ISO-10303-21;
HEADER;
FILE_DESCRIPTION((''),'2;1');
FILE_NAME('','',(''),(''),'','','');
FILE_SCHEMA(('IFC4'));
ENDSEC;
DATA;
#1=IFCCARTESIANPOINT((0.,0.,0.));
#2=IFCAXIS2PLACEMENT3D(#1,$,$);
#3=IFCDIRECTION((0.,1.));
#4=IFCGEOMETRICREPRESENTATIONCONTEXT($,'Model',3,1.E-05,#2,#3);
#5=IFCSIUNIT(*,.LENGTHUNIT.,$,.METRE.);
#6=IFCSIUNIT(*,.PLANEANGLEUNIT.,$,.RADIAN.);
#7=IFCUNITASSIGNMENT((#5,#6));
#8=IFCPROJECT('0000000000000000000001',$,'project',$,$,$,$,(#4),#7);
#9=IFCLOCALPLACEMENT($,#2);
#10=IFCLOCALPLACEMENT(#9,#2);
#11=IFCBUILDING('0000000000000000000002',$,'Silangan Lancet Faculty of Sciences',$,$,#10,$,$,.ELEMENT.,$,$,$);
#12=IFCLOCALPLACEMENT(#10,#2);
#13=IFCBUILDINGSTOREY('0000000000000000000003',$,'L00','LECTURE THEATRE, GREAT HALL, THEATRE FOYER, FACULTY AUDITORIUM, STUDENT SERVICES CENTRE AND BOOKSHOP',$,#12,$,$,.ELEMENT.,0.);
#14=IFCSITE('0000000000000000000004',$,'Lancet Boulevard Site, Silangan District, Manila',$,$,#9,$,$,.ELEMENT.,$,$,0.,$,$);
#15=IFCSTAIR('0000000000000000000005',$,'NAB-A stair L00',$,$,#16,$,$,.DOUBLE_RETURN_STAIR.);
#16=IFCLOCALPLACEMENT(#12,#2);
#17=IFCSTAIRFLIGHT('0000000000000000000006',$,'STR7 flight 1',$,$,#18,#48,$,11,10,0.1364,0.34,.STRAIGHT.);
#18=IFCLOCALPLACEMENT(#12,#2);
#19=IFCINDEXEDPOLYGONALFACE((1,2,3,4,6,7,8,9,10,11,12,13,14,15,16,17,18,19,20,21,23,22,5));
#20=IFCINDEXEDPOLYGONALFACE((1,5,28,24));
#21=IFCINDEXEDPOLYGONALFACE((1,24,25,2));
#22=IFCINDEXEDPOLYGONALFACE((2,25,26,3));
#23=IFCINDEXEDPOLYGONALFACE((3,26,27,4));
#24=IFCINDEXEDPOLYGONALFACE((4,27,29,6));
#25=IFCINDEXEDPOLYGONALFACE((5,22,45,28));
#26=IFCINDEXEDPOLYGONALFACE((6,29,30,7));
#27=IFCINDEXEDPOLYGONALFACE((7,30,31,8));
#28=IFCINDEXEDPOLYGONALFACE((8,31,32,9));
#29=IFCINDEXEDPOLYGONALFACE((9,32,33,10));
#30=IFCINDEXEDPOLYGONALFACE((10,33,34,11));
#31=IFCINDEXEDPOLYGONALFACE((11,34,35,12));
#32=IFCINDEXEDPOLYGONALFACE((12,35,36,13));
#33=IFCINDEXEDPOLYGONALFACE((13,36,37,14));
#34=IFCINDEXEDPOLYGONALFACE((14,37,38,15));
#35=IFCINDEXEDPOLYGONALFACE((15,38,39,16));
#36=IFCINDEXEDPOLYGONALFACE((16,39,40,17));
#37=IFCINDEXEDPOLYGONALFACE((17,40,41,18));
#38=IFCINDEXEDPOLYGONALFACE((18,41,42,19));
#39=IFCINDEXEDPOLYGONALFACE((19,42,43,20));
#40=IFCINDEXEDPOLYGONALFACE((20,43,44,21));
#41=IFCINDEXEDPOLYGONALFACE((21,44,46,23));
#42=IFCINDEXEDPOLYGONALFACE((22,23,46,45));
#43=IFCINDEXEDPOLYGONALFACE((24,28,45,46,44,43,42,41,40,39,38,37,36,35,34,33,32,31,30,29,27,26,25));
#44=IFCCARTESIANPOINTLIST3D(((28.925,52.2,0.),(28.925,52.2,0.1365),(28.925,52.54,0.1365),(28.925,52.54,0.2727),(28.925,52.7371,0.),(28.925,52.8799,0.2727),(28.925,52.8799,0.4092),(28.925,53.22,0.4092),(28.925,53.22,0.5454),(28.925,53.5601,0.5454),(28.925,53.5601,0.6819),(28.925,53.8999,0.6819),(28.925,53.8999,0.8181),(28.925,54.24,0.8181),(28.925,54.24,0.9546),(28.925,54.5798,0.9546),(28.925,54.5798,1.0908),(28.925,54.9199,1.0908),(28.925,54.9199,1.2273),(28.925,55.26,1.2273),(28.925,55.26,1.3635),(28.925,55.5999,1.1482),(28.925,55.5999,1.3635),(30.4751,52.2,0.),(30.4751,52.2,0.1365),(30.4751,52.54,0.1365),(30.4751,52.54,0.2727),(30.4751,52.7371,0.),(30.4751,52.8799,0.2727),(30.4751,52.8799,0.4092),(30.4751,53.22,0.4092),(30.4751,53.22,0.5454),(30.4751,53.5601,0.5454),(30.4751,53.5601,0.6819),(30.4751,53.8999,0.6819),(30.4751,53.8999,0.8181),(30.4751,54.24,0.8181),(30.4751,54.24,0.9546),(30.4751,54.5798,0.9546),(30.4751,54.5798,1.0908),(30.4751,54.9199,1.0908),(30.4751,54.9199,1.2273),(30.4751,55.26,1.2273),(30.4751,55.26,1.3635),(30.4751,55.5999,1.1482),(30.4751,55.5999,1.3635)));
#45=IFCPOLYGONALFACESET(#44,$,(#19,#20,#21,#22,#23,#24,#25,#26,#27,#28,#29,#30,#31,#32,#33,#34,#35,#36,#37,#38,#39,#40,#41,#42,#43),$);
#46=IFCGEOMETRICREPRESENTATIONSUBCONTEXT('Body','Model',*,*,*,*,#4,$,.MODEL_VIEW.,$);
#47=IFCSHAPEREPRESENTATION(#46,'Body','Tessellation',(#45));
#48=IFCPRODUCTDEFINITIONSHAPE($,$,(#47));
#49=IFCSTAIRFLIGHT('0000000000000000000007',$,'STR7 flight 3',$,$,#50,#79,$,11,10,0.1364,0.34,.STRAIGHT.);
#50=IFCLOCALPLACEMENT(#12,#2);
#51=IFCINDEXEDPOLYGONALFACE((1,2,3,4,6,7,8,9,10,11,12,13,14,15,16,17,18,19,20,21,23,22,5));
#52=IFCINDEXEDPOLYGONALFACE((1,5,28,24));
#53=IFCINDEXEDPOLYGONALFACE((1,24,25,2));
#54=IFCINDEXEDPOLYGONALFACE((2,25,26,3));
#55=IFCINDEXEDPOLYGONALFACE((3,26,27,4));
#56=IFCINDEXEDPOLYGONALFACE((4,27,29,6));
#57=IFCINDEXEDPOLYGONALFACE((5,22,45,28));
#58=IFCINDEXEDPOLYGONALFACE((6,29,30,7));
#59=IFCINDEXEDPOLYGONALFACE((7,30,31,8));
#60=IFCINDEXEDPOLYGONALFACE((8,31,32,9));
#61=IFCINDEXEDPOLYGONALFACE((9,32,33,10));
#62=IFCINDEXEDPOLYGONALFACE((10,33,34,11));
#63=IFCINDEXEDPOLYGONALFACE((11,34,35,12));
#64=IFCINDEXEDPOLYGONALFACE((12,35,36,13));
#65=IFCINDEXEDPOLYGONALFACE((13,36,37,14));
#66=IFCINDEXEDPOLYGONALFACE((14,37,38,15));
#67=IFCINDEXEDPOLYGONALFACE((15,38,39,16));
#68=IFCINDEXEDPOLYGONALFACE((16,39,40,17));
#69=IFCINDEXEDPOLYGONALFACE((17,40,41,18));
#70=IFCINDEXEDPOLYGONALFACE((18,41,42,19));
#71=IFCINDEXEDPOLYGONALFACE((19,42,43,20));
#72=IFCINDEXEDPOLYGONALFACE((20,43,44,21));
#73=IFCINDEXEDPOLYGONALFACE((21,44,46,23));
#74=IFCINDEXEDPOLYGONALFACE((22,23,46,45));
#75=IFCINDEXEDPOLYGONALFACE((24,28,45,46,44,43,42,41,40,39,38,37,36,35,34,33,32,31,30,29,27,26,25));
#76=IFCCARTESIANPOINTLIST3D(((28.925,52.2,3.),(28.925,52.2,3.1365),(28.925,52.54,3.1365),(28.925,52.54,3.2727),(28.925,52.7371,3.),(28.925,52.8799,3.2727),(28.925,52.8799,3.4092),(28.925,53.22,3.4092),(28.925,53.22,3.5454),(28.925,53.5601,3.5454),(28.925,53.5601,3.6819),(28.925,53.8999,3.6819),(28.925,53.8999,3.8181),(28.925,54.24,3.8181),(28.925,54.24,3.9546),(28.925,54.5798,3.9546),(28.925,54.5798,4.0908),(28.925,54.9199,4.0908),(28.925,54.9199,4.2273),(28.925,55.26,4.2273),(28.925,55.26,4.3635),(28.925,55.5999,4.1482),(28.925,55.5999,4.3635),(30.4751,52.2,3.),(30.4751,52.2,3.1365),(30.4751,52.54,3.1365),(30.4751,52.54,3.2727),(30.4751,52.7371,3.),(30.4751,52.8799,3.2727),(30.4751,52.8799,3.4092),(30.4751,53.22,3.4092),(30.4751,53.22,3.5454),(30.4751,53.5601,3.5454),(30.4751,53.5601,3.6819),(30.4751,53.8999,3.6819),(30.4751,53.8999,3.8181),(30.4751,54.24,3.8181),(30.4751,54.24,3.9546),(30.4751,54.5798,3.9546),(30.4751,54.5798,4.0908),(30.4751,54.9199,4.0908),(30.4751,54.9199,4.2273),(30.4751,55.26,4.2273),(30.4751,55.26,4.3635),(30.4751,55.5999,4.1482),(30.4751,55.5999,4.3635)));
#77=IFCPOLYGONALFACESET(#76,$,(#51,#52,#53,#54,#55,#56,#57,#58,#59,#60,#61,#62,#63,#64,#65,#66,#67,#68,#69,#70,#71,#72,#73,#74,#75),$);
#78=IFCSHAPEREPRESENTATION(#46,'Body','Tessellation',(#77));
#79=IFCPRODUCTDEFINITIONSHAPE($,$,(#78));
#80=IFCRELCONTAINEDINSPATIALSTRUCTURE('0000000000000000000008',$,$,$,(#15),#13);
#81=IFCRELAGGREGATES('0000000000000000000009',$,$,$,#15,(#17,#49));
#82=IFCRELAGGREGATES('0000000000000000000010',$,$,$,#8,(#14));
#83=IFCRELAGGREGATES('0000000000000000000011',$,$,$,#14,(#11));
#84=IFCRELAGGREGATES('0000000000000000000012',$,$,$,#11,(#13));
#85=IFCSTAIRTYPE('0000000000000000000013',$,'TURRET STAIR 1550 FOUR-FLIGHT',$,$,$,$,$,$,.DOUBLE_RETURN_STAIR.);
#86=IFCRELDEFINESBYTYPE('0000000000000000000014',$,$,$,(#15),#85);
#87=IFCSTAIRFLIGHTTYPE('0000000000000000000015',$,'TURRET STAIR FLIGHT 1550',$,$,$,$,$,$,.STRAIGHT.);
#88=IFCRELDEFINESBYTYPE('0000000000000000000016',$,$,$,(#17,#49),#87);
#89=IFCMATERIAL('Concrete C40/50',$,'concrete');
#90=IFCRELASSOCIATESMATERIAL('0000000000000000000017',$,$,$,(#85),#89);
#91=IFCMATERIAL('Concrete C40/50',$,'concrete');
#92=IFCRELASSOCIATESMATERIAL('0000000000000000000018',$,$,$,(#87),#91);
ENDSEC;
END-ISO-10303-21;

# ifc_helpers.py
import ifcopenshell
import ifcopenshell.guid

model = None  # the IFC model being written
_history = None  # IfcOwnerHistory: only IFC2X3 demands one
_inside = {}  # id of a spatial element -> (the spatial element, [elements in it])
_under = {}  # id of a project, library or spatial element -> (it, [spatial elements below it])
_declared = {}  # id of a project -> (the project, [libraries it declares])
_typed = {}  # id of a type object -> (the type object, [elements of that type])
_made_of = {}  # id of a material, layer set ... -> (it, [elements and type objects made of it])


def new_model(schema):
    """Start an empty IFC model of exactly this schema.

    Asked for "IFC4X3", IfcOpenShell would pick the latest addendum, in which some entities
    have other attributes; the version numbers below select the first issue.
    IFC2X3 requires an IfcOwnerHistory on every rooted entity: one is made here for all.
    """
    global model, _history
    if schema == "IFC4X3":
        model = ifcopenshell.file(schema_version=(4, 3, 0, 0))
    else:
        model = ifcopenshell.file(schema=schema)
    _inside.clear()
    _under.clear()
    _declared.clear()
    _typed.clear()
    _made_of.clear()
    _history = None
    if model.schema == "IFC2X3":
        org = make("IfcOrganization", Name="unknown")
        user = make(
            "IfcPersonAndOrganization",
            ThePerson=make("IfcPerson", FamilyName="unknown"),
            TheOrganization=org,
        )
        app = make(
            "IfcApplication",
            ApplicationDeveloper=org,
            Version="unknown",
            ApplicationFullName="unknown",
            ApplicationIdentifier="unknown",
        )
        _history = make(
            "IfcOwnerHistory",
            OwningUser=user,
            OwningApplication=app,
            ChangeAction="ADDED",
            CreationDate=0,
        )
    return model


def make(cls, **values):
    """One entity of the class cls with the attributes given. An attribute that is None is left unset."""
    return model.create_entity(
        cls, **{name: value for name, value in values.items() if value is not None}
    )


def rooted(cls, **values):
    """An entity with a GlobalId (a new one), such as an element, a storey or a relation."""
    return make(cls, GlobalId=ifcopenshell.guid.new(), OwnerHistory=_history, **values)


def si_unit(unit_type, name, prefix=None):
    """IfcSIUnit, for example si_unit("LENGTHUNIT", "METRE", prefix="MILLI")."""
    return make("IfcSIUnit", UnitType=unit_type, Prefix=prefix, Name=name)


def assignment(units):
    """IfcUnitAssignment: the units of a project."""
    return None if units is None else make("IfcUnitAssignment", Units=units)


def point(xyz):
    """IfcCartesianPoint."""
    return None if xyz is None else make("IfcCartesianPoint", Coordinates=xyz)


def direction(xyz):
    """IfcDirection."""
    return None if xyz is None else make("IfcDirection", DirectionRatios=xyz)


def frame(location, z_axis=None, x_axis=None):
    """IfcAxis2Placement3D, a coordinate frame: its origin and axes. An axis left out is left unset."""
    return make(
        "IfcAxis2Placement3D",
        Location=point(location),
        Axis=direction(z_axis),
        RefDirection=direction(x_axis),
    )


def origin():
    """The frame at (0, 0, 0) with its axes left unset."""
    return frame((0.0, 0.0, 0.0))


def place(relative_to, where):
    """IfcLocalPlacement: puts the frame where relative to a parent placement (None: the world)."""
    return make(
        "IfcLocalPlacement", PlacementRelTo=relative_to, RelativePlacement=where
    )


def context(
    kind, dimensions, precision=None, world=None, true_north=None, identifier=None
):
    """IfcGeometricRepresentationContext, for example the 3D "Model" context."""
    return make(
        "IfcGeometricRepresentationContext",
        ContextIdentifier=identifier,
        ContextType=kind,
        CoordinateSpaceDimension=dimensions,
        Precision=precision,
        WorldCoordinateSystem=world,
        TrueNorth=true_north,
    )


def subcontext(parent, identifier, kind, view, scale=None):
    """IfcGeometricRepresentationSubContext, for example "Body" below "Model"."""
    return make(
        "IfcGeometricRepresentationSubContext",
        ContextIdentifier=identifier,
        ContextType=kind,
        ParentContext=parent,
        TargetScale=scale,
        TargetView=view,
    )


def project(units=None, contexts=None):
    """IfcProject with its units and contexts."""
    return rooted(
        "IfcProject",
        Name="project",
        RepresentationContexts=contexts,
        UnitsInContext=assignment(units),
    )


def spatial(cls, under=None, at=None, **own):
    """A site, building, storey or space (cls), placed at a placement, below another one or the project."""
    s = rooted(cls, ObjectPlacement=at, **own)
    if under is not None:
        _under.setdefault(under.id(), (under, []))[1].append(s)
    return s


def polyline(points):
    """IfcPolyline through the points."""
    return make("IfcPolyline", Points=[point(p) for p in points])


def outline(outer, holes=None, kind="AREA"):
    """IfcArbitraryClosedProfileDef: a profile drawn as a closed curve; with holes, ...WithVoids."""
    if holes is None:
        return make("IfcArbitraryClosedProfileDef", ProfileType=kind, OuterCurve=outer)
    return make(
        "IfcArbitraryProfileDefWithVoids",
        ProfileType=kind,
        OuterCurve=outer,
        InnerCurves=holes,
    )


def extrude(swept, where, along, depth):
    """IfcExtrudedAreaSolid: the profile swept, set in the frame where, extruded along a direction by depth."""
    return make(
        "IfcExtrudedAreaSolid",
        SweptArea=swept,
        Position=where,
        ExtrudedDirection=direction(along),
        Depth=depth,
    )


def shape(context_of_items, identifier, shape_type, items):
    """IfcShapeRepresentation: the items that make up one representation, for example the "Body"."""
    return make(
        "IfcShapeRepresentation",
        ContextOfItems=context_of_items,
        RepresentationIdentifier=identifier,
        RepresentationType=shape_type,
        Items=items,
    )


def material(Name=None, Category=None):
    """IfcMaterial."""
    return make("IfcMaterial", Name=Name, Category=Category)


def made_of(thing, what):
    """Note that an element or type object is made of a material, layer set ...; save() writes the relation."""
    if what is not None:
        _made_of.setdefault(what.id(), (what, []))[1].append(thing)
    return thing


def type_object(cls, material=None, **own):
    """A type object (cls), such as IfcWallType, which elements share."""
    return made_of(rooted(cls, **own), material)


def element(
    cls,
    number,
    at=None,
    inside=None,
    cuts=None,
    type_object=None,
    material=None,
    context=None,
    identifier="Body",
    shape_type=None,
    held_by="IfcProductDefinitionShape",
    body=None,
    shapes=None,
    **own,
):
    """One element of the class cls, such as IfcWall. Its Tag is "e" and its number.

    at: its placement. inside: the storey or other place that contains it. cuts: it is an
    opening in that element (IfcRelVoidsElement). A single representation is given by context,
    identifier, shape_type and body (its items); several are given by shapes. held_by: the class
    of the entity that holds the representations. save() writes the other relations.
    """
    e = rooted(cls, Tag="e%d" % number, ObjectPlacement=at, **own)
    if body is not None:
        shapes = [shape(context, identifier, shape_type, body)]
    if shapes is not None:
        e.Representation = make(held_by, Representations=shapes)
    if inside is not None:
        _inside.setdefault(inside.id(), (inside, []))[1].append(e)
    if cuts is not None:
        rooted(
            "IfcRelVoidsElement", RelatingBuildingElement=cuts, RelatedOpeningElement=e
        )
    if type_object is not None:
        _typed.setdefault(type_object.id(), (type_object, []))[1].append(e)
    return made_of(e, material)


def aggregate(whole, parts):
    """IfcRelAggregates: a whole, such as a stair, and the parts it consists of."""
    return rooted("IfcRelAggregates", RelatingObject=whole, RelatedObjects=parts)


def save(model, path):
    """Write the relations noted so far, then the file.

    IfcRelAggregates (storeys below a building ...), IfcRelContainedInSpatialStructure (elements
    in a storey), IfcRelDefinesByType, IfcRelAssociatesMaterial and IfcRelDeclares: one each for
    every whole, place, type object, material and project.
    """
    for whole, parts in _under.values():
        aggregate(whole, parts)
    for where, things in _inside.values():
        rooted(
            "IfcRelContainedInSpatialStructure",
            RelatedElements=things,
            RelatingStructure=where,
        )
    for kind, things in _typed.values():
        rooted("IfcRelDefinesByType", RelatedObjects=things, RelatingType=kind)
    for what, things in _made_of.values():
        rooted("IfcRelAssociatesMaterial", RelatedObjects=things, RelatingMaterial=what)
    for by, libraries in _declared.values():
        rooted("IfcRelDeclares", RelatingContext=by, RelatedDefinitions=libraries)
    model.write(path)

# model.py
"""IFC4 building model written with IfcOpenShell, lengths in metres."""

from ifc_helpers import new_model, si_unit, direction, frame, origin, place, context, subcontext, project, spatial, polyline, outline, extrude, material, type_object, element, aggregate, save


model = new_model("IFC4")

# Units and contexts
model_context = context("Model", 3, precision=1e-05, world=origin(), true_north=direction((0.0, 1.0)))
body_context = subcontext(model_context, "Body", "Model", "MODEL_VIEW")
ifc_project = project(units=[si_unit("LENGTHUNIT", "METRE"), si_unit("PLANEANGLEUNIT", "RADIAN")], contexts=[model_context])

# Site, building, storey
site_placement = place(None, origin())
site = spatial("IfcSite", under=ifc_project, at=site_placement, Name="Lancet Boulevard Site, Silangan District, Manila", CompositionType="ELEMENT", RefElevation=0.0)
building_placement = place(site_placement, origin())
building = spatial("IfcBuilding", under=site, at=building_placement, Name="Silangan Lancet Faculty of Sciences", CompositionType="ELEMENT")
storey_placement = place(building_placement, origin())
storey = spatial("IfcBuildingStorey", under=building, at=storey_placement, Name="L00", Description="LECTURE THEATRE, GREAT HALL, THEATRE FOYER, FACULTY AUDITORIUM, STUDENT SERVICES CENTRE AND BOOKSHOP", CompositionType="ELEMENT", Elevation=0.0)

# Stair, stair flights
ifc_material_1 = material(Name="Concrete C40/50", Category="concrete")
stair_type = type_object("IfcStairType", Name="TURRET STAIR 1550 FOUR-FLIGHT", PredefinedType="DOUBLE_RETURN_STAIR", material=ifc_material_1)
stair_placement = place(storey_placement, origin())
stair = element("IfcStair", 1, at=stair_placement, inside=storey, type_object=stair_type, Name="NAB-A stair L00", PredefinedType="DOUBLE_RETURN_STAIR")
ifc_material_2 = material(Name="Concrete C40/50", Category="concrete")
stair_flight_type = type_object("IfcStairFlightType", Name="TURRET STAIR FLIGHT 1550", PredefinedType="STRAIGHT", material=ifc_material_2)
stair_flight_1_placement = place(storey_placement, frame((29.7, 52.2, 0.0), z_axis=(0.0, 0.0, 1.0), x_axis=(0.0, 1.0, 0.0)))
stair_flight_1 = element("IfcStairFlight", 2, at=stair_flight_1_placement, type_object=stair_flight_type, Name="STR7 flight 1", NumberOfRisers=11, NumberOfTreads=10, PredefinedType="STRAIGHT", RiserHeight=0.1364, TreadLength=0.34, context=body_context, shape_type="SweptSolid", body=[
    extrude(outline(polyline([(0.0, 0.0), (0.0, 0.1365), (0.3401, 0.1365), (0.3401, 0.2727), (0.6799, 0.2727), (0.6799, 0.4092), (1.02, 0.4092), (1.02, 0.5454), (1.3601, 0.5454), (1.3601, 0.6819), (1.7, 0.6819), (1.7, 0.8181), (2.04, 0.8181), (2.04, 0.9546), (2.3799, 0.9546), (2.3799, 1.0908), (2.72, 1.0908), (2.72, 1.2273), (3.0601, 1.2273), (3.0601, 1.3635), (3.3999, 1.3635), (3.3999, 1.5), (3.3999, 1.1482), (0.5371, 0.0), (0.0, 0.0)])), frame((0.0, 0.7749, 0.0), z_axis=(0.0, -1.0, 0.0), x_axis=(1.0, 0.0, 0.0)), (0.0, 0.0, 1.0), 1.55),
])
stair_flight_2_placement = place(storey_placement, frame((29.7, 52.2, 3.0), z_axis=(0.0, 0.0, 1.0), x_axis=(0.0, 1.0, 0.0)))
stair_flight_2 = element("IfcStairFlight", 3, at=stair_flight_2_placement, type_object=stair_flight_type, Name="STR7 flight 3", NumberOfRisers=11, NumberOfTreads=10, PredefinedType="STRAIGHT", RiserHeight=0.1364, TreadLength=0.34, context=body_context, shape_type="SweptSolid", body=[
    extrude(outline(polyline([(0.0, 0.0), (0.0, 0.1365), (0.3401, 0.1365), (0.3401, 0.2727), (0.6799, 0.2727), (0.6799, 0.4092), (1.02, 0.4092), (1.02, 0.5454), (1.3601, 0.5454), (1.3601, 0.6819), (1.7, 0.6819), (1.7, 0.8181), (2.04, 0.8181), (2.04, 0.9546), (2.3799, 0.9546), (2.3799, 1.0908), (2.72, 1.0908), (2.72, 1.2273), (3.0601, 1.2273), (3.0601, 1.3635), (3.3999, 1.3635), (3.3999, 1.5), (3.3999, 1.1482), (0.5371, 0.0), (0.0, 0.0)])), frame((0.0, 0.7749, 0.0), z_axis=(0.0, -1.0, 0.0), x_axis=(1.0, 0.0, 0.0)), (0.0, 0.0, 1.0), 1.55),
])
aggregate(stair, [stair_flight_1, stair_flight_2])

save(model, "model.ifc")
